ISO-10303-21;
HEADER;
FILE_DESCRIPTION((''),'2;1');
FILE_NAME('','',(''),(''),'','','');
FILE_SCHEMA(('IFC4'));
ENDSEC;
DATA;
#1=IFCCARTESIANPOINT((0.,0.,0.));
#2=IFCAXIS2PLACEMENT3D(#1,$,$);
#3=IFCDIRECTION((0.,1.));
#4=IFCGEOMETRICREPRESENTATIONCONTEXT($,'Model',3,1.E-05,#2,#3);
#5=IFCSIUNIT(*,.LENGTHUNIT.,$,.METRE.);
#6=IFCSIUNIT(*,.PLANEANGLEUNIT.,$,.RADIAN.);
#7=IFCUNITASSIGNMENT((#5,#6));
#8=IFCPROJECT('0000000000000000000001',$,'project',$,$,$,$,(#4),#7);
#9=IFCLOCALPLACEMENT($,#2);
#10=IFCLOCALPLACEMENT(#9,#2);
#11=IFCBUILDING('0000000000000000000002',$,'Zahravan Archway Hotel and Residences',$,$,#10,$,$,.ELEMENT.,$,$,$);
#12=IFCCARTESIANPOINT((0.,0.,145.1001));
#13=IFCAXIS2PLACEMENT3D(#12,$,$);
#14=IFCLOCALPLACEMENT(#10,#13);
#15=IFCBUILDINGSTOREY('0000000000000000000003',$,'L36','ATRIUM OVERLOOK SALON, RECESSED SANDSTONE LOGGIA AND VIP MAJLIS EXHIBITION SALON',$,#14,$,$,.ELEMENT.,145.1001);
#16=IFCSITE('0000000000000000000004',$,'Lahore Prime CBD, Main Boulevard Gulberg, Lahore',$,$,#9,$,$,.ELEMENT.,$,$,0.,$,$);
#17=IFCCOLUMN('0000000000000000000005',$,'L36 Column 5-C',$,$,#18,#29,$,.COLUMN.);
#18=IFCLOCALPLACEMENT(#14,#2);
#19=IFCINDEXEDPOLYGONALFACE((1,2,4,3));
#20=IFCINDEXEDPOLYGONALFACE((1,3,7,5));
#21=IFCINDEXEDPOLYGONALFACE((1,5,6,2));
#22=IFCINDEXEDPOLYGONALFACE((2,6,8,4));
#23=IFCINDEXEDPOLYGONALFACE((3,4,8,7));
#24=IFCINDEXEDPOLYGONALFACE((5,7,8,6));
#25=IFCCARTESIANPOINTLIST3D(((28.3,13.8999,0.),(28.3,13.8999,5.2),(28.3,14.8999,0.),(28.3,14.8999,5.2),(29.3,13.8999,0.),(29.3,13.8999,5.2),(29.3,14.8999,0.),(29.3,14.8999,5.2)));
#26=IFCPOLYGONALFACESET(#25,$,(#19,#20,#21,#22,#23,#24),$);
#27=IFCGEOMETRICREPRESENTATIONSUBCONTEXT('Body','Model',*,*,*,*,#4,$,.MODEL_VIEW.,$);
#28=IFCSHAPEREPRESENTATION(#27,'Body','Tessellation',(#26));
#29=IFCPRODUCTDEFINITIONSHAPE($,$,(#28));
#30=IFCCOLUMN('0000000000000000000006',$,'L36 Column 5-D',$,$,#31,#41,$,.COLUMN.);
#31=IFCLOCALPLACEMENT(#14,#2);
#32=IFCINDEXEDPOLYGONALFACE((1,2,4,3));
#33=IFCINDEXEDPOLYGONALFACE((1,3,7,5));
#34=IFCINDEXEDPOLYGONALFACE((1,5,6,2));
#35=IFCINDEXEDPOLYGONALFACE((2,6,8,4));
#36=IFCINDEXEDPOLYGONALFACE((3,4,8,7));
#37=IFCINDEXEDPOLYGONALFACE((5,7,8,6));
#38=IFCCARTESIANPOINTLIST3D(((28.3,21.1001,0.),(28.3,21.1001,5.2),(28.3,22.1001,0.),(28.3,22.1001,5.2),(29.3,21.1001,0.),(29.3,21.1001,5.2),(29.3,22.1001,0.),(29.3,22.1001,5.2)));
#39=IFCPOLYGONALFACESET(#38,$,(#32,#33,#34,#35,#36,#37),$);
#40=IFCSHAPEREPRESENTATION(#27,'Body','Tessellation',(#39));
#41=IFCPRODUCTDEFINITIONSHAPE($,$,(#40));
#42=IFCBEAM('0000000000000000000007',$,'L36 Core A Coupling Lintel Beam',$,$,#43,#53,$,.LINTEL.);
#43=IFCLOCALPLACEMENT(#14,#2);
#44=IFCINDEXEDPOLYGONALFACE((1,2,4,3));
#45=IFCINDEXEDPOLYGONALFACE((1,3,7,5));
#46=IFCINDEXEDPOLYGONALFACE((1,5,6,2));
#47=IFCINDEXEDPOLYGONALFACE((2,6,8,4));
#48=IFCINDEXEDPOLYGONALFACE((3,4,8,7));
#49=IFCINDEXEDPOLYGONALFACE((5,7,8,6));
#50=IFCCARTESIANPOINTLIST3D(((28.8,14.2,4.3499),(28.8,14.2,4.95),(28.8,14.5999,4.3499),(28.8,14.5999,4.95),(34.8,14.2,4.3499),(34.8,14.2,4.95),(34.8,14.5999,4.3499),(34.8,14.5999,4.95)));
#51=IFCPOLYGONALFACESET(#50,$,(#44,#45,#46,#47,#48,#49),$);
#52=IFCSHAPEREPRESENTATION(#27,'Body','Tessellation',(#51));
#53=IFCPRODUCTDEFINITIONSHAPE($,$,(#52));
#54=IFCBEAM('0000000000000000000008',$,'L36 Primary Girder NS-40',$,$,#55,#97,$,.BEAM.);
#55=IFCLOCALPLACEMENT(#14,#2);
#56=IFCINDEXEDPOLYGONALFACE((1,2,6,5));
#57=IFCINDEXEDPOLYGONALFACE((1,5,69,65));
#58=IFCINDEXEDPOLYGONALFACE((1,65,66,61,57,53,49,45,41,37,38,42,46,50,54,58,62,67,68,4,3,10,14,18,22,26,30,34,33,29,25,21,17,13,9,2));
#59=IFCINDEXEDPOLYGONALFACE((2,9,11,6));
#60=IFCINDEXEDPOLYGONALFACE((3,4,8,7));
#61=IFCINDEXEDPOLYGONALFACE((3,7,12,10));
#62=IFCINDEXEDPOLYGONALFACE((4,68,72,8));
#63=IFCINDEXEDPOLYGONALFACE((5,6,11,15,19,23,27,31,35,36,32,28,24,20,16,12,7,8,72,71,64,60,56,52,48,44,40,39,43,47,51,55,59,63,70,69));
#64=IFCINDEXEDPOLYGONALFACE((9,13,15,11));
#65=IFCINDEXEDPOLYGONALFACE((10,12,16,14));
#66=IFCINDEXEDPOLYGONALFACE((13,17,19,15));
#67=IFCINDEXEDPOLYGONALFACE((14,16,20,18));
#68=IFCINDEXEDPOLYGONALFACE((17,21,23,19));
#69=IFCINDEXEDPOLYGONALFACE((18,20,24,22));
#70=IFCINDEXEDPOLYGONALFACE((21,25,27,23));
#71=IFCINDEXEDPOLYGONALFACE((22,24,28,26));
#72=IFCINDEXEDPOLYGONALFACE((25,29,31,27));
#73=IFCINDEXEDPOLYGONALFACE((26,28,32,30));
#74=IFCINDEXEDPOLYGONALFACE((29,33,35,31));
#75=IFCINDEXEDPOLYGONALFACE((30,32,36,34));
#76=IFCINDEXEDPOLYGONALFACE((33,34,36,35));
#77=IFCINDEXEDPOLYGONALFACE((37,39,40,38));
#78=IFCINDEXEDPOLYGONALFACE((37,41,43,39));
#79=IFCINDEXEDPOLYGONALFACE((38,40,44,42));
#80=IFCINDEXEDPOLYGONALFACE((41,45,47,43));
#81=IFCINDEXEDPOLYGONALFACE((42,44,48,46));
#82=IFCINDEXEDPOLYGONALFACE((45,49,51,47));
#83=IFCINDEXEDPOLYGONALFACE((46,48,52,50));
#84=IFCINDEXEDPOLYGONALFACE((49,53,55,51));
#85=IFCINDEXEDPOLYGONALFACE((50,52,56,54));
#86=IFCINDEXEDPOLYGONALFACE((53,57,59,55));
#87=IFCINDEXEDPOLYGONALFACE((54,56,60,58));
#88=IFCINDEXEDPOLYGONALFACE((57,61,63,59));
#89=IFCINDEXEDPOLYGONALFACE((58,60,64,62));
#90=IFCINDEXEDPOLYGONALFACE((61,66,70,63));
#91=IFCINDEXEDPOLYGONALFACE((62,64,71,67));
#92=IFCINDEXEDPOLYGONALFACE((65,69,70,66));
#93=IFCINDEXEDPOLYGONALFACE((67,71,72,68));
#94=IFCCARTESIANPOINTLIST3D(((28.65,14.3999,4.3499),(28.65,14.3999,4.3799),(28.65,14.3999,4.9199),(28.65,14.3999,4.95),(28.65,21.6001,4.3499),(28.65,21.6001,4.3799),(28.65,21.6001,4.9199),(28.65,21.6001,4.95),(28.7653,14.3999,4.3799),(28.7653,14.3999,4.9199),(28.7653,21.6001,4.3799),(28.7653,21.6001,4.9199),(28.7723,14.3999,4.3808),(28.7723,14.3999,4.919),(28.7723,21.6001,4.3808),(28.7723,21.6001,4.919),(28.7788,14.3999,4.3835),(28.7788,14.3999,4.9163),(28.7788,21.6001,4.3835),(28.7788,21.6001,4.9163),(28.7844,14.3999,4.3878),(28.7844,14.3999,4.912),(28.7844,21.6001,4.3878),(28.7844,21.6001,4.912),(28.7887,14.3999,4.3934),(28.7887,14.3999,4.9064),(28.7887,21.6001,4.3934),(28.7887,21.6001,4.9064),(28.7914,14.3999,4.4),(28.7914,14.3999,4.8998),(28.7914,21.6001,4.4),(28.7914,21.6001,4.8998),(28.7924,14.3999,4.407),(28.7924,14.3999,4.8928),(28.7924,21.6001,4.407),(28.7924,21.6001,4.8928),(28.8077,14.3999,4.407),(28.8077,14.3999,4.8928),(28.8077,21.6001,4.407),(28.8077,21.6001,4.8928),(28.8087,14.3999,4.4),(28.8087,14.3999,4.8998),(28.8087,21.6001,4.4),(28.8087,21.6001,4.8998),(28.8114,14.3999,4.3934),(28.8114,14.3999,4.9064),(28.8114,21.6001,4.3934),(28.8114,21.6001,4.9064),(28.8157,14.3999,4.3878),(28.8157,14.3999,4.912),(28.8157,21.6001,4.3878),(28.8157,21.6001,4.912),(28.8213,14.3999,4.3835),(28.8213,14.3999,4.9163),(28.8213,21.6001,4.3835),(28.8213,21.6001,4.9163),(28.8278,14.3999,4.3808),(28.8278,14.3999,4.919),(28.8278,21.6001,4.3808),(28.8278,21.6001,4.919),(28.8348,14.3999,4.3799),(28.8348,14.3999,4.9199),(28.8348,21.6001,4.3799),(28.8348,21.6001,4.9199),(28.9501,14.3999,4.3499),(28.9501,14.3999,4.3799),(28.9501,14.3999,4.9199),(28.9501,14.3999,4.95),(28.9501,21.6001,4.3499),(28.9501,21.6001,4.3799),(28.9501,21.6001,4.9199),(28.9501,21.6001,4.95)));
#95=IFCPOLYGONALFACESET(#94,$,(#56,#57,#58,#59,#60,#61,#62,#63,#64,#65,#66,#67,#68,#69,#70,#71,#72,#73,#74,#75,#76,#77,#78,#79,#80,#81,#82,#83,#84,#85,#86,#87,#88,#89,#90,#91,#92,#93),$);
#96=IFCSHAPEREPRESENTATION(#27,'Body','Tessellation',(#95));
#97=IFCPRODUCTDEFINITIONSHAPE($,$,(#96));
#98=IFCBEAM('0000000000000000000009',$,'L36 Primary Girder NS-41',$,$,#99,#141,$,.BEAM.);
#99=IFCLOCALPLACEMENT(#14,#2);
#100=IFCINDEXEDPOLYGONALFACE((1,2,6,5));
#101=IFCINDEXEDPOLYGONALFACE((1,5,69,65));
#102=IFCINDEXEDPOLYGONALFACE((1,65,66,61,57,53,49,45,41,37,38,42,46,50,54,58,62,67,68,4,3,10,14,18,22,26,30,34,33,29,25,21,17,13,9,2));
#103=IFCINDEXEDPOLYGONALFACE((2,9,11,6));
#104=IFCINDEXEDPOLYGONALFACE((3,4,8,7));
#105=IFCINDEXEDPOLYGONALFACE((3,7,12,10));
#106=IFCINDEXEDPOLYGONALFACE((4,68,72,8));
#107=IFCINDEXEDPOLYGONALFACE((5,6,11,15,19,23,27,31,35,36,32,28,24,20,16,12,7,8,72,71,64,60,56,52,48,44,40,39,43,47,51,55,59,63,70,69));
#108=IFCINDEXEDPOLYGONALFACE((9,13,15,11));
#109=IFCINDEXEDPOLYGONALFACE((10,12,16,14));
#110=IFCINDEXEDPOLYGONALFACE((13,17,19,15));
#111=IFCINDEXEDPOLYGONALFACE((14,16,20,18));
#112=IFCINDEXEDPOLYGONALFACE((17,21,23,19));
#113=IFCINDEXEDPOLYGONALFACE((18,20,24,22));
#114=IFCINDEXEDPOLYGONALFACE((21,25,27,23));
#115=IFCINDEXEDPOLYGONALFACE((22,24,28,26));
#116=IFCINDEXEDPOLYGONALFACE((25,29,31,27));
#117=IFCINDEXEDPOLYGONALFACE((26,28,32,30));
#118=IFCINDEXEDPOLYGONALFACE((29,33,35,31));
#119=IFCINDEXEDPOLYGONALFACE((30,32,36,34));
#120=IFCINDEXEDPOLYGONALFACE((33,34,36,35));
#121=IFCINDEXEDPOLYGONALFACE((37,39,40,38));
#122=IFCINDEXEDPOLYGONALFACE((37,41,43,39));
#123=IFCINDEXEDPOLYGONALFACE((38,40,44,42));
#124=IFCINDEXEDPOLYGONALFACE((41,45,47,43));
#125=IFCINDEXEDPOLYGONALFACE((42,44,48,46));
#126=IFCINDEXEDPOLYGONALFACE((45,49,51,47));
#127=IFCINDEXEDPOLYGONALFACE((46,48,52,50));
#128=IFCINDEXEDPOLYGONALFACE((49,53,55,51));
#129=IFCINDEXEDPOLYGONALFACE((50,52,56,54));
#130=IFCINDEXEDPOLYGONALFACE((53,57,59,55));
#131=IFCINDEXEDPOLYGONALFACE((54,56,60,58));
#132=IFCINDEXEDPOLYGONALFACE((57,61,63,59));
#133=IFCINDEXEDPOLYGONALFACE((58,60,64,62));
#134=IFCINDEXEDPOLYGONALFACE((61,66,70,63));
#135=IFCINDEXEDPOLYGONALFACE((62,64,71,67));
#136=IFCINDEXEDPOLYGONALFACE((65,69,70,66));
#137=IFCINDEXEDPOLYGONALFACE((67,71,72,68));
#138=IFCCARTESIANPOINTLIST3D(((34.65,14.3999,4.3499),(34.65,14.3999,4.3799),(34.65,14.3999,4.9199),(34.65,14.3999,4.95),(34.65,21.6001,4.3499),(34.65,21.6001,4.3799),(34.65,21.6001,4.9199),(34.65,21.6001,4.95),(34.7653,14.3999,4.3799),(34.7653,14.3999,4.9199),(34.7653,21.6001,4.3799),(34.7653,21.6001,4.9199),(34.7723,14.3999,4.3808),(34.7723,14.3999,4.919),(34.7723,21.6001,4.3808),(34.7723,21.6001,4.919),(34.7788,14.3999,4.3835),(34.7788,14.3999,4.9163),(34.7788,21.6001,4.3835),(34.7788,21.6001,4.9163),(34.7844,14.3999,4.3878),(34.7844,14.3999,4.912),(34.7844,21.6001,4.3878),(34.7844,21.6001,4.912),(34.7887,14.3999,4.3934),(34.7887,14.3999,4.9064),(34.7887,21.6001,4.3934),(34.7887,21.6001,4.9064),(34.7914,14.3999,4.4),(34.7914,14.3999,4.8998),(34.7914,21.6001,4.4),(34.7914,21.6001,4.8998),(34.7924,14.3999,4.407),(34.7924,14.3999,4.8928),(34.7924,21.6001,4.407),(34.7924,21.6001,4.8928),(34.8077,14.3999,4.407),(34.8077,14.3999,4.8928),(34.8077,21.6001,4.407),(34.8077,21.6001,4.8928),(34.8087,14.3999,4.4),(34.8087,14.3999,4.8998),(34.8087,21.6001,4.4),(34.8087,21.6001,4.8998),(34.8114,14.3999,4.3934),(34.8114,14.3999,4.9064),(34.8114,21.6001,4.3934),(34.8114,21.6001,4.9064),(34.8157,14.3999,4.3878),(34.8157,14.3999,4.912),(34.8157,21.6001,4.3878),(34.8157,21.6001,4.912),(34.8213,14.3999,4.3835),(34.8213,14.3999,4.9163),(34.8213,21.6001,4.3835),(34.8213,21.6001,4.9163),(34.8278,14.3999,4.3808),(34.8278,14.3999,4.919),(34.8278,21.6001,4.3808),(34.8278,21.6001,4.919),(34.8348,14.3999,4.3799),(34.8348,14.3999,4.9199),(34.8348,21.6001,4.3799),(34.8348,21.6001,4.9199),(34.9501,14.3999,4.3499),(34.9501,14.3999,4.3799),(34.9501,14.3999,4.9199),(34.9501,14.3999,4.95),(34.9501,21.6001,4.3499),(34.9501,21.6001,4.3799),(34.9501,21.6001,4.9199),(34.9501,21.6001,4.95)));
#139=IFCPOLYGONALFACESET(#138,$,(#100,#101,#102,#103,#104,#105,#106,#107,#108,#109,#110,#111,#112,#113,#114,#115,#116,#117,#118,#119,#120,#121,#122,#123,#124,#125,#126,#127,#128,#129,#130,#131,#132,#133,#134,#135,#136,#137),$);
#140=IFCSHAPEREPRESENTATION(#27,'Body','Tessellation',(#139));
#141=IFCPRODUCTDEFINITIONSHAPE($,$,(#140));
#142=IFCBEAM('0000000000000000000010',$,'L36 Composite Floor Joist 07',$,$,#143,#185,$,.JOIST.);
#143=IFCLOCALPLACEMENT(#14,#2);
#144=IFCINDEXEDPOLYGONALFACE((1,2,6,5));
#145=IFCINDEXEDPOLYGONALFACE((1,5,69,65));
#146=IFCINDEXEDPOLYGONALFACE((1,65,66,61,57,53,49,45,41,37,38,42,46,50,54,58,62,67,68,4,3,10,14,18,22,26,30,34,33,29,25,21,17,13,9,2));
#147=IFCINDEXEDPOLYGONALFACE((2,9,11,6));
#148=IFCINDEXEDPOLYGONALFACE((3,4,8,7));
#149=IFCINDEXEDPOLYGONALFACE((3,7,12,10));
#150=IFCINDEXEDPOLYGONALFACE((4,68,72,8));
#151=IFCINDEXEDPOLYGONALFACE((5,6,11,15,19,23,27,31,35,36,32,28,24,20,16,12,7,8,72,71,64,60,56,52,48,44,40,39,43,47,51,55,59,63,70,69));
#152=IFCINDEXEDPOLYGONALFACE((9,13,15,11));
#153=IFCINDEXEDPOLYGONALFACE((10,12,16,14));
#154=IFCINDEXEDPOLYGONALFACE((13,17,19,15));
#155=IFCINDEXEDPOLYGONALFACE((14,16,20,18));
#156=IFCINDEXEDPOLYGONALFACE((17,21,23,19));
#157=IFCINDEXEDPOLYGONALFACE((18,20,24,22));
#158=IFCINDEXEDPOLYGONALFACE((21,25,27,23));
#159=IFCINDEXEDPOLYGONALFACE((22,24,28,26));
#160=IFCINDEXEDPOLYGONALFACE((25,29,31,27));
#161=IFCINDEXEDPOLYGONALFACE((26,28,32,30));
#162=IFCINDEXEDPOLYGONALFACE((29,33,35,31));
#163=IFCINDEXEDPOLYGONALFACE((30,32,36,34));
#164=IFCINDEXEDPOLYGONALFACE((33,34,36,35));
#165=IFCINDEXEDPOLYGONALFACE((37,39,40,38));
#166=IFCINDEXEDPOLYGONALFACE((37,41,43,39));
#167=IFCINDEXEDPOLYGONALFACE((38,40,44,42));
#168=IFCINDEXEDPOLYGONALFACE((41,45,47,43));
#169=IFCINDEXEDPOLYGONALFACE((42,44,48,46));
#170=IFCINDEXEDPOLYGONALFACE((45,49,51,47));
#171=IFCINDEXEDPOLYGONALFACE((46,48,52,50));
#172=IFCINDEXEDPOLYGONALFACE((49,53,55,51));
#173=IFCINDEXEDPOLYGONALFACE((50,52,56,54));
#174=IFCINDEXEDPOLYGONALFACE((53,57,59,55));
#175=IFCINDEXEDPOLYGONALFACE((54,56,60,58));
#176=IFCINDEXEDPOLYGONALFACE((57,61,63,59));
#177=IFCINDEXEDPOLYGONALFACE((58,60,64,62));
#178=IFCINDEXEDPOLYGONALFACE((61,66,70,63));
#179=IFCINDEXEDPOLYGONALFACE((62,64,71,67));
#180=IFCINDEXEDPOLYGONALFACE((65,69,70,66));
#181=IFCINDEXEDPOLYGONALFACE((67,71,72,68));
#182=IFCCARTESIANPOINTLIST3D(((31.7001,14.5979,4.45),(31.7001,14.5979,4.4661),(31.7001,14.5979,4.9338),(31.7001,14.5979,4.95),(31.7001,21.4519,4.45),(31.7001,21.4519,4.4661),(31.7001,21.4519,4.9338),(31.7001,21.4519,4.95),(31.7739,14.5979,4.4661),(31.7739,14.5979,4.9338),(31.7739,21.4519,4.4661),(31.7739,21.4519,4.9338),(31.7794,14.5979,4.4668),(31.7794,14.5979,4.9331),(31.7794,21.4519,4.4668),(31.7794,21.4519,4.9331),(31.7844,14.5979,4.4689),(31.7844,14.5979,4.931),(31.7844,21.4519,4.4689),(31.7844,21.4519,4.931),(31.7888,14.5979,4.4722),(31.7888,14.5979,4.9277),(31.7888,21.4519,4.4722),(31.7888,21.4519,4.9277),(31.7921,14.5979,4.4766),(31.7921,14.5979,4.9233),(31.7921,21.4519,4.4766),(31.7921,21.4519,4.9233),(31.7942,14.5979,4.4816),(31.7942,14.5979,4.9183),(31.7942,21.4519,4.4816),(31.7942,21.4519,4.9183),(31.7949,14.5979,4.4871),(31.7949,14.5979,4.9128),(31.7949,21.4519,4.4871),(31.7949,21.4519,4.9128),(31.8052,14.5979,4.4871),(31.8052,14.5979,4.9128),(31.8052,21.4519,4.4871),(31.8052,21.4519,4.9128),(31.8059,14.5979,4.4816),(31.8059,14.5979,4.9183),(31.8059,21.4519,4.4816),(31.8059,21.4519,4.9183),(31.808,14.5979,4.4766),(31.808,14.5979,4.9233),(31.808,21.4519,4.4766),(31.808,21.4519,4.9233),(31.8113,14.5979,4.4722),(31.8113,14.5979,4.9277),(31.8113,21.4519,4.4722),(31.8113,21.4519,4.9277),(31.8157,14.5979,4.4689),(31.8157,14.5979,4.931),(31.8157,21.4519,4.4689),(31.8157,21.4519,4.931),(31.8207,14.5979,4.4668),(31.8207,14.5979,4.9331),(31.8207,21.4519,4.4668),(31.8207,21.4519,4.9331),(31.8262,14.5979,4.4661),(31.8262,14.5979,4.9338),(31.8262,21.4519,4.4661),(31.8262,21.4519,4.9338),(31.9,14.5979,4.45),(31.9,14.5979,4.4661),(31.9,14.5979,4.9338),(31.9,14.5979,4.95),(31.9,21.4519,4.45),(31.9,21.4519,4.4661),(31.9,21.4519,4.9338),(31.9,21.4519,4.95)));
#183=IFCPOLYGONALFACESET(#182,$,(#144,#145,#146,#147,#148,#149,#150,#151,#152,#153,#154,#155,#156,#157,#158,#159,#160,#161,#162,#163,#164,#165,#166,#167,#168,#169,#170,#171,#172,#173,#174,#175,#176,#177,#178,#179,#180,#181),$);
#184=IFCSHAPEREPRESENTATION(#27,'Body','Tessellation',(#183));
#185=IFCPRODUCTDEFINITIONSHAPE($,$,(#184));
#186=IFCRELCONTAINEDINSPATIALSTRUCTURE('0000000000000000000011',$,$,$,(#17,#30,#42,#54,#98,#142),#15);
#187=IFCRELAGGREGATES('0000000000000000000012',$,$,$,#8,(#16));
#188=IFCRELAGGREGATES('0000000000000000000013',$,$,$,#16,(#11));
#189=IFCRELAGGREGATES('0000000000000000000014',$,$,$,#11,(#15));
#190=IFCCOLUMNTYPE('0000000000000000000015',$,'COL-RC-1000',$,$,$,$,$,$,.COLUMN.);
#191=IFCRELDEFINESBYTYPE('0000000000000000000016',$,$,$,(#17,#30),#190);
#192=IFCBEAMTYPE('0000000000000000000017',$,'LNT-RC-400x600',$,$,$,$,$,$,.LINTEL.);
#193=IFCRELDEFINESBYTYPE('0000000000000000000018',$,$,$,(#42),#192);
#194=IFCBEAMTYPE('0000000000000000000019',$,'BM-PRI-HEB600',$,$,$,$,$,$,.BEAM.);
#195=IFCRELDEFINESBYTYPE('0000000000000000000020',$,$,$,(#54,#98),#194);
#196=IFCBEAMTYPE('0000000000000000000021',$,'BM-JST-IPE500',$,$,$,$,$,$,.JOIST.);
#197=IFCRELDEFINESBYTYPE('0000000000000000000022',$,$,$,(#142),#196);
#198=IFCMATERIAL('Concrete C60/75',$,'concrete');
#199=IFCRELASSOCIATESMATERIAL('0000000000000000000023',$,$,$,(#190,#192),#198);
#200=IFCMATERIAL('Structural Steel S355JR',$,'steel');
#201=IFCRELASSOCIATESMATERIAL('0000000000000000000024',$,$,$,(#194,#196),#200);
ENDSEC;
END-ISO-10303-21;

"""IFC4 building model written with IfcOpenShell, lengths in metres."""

from ifc_helpers import new_model, si_unit, direction, frame, origin, origin_2d, place, context, subcontext, project, spatial, rectangle, i_section, extrude, source, transform, mapped, material, material_profile, profile_set, type_object, type_shapes, element, save


model = new_model("IFC4")

# Units and contexts
model_context = context("Model", 3, precision=1e-05, world=origin(), true_north=direction((0.0, 1.0)))
body_context = subcontext(model_context, "Body", "Model", "MODEL_VIEW")
ifc_project = project(units=[si_unit("LENGTHUNIT", "METRE"), si_unit("PLANEANGLEUNIT", "RADIAN")], contexts=[model_context])

# Site, building, storey
site_placement = place(None, origin())
site = spatial("IfcSite", under=ifc_project, at=site_placement, Name="Lahore Prime CBD, Main Boulevard Gulberg, Lahore", CompositionType="ELEMENT", RefElevation=0.0)
building_placement = place(site_placement, origin())
building = spatial("IfcBuilding", under=site, at=building_placement, Name="Zahravan Archway Hotel and Residences", CompositionType="ELEMENT")
storey_placement = place(building_placement, frame((0.0, 0.0, 145.1001)))
storey = spatial("IfcBuildingStorey", under=building, at=storey_placement, Name="L36", Description="ATRIUM OVERLOOK SALON, RECESSED SANDSTONE LOGGIA AND VIP MAJLIS EXHIBITION SALON", CompositionType="ELEMENT", Elevation=145.1001)

# Columns
ifc_material_1 = material(Name="Concrete C60/75", Category="concrete")
ifc_material_profile_1 = material_profile(ifc_material_1, rectangle(XDim=1.0, YDim=1.0, at=origin_2d()), Name="RC-COL-1000x1000", Category="concrete")
ifc_profile_set_1 = profile_set([ifc_material_profile_1], Name="Concrete C60/75")
column_type = type_object("IfcColumnType", Name="COL-RC-1000", PredefinedType="COLUMN", material=ifc_profile_set_1)
shared_shape_1 = source(origin(), body_context, "Body", "SweptSolid", [
    extrude(rectangle(XDim=1.0, YDim=1.0, at=origin_2d()), origin(), (0.0, 0.0, 1.0), 5.2),
])
for number, where, z_axis, x_axis, name in (
    (1, (28.8, 14.3999, 0.0), (0.0, 0.0, 1.0), (1.0, 0.0, 0.0), "L36 Column 5-C"),
    (2, (28.8, 21.6001, 0.0), (0.0, 0.0, 1.0), (1.0, 0.0, 0.0), "L36 Column 5-D"),
):
    element("IfcColumn", number, at=place(storey_placement, frame(where, z_axis=z_axis, x_axis=x_axis)), inside=storey, type_object=column_type, Name=name, PredefinedType="COLUMN", context=body_context, shape_type="MappedRepresentation", body=[
        mapped(shared_shape_1, transform((0.0, 0.0, 0.0), scale=1.0)),
    ])

# Beams
ifc_material_profile_2 = material_profile(ifc_material_1, rectangle(XDim=0.3999, YDim=0.6001, at=origin_2d()), Name="RC-LNT-400x600", Category="concrete")
ifc_profile_set_2 = profile_set([ifc_material_profile_2], Name="Concrete C60/75")
beam_type_1 = type_object("IfcBeamType", Name="LNT-RC-400x600", PredefinedType="LINTEL", material=ifc_profile_set_2)
shared_shape_2 = source(origin(), body_context, "Body", "SweptSolid", [
    extrude(rectangle(XDim=0.3999, YDim=0.6001, at=origin_2d()), origin(), (0.0, 0.0, 1.0), 6.0),
])
type_shapes(beam_type_1, [shared_shape_2])
beam_1_placement = place(storey_placement, frame((28.8, 14.3999, 4.6499), z_axis=(1.0, 0.0, 0.0), x_axis=(0.0, 1.0, 0.0)))
element("IfcBeam", 3, at=beam_1_placement, inside=storey, type_object=beam_type_1, Name="L36 Core A Coupling Lintel Beam", PredefinedType="LINTEL", context=body_context, shape_type="MappedRepresentation", body=[
    mapped(shared_shape_2, transform((0.0, 0.0, 0.0), scale=1.0)),
])
ifc_material_2 = material(Name="Structural Steel S355JR", Category="steel")
ifc_material_profile_3 = material_profile(ifc_material_2, i_section(OverallWidth=0.3, OverallDepth=0.6001, WebThickness=0.0154, FlangeThickness=0.03, FilletRadius=0.0271, at=origin_2d()), Name="HEB 600", Category="steel")
ifc_profile_set_3 = profile_set([ifc_material_profile_3], Name="Structural Steel S355JR")
beam_type_2 = type_object("IfcBeamType", Name="BM-PRI-HEB600", PredefinedType="BEAM", material=ifc_profile_set_3)
shared_shape_3 = source(origin(), body_context, "Body", "SweptSolid", [
    extrude(i_section(OverallWidth=0.3, OverallDepth=0.6001, WebThickness=0.0154, FlangeThickness=0.03, FilletRadius=0.0271, at=origin_2d()), origin(), (0.0, 0.0, 1.0), 7.2002),
])
type_shapes(beam_type_2, [shared_shape_3])
for number, where, z_axis, x_axis, name in (
    (4, (28.8, 14.3999, 4.6499), (0.0, 1.0, 0.0), (-1.0, 0.0, 0.0), "L36 Primary Girder NS-40"),
    (5, (34.8, 14.3999, 4.6499), (0.0, 1.0, 0.0), (-1.0, 0.0, 0.0), "L36 Primary Girder NS-41"),
):
    element("IfcBeam", number, at=place(storey_placement, frame(where, z_axis=z_axis, x_axis=x_axis)), inside=storey, type_object=beam_type_2, Name=name, PredefinedType="BEAM", context=body_context, shape_type="MappedRepresentation", body=[
        mapped(shared_shape_3, transform((0.0, 0.0, 0.0), scale=1.0)),
    ])
ifc_material_profile_4 = material_profile(ifc_material_2, i_section(OverallWidth=0.2, OverallDepth=0.5, WebThickness=0.0103, FlangeThickness=0.0161, FilletRadius=0.021, at=origin_2d()), Name="IPE 500", Category="steel")
ifc_profile_set_4 = profile_set([ifc_material_profile_4], Name="Structural Steel S355JR")
beam_type_3 = type_object("IfcBeamType", Name="BM-JST-IPE500", PredefinedType="JOIST", material=ifc_profile_set_4)
shared_shape_4 = source(origin(), body_context, "Body", "SweptSolid", [
    extrude(i_section(OverallWidth=0.2, OverallDepth=0.5, WebThickness=0.0103, FlangeThickness=0.0161, FilletRadius=0.021, at=origin_2d()), origin(), (0.0, 0.0, 1.0), 6.854),
])
beam_2_placement = place(storey_placement, frame((31.8, 14.5979, 4.7), z_axis=(0.0, 1.0, 0.0), x_axis=(-1.0, 0.0, 0.0)))
element("IfcBeam", 6, at=beam_2_placement, inside=storey, type_object=beam_type_3, Name="L36 Composite Floor Joist 07", PredefinedType="JOIST", context=body_context, shape_type="MappedRepresentation", body=[
    mapped(shared_shape_4, transform((0.0, 0.0, 0.0), scale=1.0)),
])

save(model, "model.ifc")
